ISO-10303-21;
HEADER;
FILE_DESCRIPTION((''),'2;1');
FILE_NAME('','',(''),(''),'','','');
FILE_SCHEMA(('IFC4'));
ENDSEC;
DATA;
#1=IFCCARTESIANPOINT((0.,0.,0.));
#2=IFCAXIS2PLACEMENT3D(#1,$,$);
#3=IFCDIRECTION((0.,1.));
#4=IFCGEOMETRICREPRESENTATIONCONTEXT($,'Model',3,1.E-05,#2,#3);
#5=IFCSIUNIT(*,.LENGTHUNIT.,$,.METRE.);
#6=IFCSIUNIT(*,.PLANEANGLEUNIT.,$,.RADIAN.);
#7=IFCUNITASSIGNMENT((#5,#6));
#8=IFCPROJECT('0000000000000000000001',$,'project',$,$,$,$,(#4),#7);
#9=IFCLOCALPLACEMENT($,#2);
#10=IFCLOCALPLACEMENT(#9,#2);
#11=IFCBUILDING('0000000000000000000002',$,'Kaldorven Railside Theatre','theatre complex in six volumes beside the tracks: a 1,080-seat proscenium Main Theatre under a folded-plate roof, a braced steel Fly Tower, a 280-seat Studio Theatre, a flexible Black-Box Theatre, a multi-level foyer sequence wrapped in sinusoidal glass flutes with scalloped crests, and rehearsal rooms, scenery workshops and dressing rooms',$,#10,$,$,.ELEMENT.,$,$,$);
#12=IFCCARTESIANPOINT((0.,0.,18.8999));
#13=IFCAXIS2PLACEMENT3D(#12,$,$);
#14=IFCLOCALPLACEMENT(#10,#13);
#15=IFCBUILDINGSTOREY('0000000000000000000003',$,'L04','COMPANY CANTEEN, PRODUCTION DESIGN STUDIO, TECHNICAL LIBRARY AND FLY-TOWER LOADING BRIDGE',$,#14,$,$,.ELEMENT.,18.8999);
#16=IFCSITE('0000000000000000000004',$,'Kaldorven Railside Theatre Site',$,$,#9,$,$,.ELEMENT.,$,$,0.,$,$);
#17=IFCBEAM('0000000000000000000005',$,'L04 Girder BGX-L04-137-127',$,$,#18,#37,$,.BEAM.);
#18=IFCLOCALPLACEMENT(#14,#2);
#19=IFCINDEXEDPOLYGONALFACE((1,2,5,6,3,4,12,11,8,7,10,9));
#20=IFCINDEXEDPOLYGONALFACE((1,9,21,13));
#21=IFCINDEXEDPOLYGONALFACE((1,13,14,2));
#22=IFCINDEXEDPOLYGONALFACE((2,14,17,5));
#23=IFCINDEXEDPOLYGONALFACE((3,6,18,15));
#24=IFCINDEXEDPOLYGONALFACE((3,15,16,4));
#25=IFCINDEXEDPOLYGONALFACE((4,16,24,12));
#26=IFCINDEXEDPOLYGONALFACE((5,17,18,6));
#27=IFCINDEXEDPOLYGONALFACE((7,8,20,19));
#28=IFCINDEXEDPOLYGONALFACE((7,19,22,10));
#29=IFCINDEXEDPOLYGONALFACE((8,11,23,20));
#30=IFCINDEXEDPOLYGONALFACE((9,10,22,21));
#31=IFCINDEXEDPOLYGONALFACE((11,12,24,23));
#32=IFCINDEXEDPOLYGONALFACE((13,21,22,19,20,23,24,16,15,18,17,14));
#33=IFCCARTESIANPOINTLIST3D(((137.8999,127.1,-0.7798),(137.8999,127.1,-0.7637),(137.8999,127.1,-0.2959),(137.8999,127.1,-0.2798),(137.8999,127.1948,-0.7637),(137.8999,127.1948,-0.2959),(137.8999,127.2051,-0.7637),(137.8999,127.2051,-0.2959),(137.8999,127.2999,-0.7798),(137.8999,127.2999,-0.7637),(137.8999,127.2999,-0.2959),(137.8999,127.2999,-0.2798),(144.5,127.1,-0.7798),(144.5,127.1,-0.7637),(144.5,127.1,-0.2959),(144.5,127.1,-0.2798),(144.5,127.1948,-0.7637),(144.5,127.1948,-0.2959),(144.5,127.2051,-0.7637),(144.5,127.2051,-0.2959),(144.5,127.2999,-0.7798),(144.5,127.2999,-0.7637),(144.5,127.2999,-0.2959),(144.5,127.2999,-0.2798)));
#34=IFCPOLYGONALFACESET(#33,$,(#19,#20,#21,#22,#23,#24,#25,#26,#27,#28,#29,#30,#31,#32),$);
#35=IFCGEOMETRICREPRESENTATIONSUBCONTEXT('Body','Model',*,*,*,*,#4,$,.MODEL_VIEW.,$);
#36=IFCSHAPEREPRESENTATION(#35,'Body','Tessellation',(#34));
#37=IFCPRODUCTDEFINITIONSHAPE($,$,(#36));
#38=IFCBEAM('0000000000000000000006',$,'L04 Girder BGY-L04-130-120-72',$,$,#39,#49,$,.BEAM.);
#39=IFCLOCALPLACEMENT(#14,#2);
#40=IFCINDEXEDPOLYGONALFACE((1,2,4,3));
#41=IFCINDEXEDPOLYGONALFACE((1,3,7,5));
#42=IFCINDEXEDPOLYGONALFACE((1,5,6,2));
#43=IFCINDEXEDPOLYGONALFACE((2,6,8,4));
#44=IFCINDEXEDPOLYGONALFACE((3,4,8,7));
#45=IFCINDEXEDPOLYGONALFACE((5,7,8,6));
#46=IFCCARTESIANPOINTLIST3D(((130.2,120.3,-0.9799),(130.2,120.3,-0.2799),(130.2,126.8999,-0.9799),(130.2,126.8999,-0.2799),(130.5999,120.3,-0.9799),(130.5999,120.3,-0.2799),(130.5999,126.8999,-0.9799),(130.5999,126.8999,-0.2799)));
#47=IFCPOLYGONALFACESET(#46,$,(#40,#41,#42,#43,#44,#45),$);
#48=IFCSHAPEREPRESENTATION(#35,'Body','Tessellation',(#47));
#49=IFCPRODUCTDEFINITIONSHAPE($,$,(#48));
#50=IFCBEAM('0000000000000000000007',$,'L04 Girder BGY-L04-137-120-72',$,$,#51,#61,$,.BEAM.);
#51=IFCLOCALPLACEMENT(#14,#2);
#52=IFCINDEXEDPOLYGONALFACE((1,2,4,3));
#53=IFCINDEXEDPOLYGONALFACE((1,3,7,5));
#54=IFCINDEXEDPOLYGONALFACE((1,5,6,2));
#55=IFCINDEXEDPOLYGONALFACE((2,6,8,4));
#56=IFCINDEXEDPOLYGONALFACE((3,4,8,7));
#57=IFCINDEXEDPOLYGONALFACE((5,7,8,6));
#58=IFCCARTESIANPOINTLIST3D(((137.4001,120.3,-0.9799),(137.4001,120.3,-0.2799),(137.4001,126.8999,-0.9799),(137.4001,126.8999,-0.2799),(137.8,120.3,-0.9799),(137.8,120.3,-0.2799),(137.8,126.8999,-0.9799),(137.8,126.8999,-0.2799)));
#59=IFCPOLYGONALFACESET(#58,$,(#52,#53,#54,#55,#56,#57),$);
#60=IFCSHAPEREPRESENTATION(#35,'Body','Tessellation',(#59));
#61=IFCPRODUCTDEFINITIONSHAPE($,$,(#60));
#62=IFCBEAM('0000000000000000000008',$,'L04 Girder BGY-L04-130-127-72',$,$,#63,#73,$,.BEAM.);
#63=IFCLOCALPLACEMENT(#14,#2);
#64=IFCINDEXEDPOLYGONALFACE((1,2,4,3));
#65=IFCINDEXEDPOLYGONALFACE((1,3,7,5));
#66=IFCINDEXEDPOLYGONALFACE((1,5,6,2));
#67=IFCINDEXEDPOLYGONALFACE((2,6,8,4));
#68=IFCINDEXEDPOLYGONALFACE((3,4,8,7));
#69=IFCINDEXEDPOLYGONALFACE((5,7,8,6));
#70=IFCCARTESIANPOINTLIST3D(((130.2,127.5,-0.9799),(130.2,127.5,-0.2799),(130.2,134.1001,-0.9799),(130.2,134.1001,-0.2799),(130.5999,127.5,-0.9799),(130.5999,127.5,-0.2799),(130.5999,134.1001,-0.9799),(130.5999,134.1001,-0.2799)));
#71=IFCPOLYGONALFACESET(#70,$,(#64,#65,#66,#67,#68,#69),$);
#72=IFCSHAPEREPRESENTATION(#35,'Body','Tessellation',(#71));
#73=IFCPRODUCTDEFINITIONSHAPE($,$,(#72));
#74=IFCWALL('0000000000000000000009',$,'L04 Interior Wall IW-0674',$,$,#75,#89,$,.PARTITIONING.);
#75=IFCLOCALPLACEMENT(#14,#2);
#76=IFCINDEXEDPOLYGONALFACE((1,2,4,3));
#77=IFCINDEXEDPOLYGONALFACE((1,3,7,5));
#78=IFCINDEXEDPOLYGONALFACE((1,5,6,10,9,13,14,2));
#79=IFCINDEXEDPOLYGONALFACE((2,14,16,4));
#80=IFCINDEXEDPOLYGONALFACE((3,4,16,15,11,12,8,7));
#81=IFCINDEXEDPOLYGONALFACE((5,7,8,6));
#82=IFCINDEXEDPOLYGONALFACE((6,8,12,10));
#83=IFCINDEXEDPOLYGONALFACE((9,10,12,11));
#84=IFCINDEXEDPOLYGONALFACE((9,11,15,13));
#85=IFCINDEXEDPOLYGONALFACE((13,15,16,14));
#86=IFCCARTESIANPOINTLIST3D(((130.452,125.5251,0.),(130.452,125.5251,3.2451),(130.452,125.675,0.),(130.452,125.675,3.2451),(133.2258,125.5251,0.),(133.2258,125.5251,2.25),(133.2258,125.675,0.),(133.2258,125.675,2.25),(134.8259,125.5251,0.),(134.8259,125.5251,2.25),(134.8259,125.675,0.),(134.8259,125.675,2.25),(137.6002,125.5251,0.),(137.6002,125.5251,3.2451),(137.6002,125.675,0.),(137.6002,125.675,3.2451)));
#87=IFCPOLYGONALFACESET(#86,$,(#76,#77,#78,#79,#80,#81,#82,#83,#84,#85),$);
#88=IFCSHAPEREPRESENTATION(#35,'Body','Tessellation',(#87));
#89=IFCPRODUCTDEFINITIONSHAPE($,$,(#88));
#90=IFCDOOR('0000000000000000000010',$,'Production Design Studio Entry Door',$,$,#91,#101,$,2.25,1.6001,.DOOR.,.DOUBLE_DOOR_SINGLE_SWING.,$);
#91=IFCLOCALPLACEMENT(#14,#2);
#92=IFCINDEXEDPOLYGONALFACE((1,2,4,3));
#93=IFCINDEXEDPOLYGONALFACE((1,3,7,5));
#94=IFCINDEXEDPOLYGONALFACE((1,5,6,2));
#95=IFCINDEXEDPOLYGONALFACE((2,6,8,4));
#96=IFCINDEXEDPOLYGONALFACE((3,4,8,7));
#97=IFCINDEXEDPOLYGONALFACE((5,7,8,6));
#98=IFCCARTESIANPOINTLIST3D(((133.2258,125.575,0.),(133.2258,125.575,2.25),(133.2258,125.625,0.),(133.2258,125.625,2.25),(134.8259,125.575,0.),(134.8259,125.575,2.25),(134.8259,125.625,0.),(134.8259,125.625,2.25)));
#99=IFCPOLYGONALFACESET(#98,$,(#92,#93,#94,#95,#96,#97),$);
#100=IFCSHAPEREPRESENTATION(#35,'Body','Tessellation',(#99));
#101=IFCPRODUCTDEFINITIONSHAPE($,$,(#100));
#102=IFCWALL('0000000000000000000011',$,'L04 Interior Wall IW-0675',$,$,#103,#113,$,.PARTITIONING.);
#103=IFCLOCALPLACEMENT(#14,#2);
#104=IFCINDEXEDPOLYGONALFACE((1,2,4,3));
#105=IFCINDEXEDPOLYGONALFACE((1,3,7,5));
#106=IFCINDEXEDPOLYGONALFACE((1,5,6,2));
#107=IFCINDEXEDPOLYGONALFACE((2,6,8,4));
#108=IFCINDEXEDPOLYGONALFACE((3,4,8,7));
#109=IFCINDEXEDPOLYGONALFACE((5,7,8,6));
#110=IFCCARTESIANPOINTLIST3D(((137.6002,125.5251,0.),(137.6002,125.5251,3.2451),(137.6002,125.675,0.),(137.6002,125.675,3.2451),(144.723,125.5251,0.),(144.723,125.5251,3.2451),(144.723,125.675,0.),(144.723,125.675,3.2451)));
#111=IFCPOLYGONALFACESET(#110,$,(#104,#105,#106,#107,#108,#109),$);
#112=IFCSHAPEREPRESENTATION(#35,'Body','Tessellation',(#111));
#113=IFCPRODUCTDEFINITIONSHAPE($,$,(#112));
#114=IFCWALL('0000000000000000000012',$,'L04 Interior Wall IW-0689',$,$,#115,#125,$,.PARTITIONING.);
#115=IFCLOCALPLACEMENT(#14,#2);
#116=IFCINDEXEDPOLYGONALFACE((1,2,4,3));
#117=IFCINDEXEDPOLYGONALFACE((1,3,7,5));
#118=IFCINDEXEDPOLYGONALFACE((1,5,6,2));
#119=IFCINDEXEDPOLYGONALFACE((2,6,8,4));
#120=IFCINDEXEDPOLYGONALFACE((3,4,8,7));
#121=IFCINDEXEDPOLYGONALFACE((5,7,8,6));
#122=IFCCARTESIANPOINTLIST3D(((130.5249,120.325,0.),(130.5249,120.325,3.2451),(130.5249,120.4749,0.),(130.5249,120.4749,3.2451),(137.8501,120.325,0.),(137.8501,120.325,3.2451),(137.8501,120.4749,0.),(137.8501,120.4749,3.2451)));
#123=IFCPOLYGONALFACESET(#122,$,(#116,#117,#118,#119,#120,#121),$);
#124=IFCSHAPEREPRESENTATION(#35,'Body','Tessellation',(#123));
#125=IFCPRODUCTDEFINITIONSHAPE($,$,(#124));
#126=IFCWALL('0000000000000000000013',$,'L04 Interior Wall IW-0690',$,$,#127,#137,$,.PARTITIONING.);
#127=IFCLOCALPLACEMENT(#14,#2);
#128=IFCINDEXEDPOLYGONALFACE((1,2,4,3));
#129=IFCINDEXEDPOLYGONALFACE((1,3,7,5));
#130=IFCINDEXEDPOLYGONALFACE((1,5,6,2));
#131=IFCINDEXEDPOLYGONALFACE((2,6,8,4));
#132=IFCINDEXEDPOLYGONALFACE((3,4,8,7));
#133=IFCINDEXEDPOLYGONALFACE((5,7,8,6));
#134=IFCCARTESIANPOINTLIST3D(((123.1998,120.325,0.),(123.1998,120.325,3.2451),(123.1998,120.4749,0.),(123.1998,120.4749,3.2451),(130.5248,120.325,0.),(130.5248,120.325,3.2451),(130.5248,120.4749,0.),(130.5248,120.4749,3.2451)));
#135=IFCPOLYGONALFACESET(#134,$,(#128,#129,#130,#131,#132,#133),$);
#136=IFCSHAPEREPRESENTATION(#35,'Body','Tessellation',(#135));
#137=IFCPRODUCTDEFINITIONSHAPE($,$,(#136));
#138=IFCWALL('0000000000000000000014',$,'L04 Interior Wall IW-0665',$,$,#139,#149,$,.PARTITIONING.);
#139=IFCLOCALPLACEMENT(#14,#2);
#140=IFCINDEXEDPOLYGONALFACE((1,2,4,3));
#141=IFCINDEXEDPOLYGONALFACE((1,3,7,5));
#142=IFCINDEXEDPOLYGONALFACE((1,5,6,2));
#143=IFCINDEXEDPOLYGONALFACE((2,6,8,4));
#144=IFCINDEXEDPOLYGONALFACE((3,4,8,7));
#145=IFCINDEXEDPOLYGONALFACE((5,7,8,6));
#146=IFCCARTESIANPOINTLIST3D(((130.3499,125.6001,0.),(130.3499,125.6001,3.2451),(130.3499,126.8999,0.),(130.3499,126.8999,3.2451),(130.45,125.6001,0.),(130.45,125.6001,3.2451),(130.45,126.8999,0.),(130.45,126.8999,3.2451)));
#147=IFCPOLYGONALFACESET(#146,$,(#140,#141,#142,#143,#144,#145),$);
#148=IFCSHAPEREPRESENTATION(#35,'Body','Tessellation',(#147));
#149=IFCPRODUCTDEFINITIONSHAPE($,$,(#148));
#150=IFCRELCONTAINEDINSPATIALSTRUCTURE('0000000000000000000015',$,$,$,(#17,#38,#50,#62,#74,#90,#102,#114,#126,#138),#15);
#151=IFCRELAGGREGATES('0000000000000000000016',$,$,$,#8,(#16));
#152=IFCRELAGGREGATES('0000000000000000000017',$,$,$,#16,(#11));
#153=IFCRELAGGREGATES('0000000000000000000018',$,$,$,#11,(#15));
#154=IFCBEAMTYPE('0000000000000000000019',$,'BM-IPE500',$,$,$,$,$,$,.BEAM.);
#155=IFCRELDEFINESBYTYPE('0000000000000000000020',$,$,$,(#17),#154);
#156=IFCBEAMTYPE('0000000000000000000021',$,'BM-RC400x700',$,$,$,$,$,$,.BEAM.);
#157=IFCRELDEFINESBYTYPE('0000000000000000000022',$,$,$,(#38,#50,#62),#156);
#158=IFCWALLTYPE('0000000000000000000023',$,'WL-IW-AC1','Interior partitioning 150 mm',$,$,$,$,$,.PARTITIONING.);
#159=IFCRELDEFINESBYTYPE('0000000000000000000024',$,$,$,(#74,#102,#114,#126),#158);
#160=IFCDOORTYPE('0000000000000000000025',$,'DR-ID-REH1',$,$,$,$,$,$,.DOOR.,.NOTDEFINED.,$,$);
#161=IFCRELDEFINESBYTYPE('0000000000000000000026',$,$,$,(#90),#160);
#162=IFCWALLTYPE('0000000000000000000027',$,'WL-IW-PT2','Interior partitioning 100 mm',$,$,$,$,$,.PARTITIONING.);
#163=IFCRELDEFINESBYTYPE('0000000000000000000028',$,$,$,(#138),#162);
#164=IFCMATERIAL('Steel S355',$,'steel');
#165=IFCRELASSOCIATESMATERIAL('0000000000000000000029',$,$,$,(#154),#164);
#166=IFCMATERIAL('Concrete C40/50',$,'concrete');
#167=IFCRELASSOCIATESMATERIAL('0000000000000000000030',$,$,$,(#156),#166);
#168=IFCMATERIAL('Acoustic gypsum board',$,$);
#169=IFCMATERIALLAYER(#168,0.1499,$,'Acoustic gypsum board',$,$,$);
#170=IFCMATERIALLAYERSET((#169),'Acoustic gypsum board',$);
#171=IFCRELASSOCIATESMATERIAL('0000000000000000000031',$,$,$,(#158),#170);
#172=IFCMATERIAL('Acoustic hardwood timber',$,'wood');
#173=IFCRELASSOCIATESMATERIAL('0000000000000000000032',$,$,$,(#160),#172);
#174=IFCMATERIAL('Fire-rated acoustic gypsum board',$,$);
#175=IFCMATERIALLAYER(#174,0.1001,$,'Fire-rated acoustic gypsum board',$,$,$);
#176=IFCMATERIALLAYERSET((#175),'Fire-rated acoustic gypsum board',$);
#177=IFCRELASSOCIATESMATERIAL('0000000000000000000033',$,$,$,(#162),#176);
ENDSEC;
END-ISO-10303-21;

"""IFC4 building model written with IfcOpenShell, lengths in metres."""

from ifc_helpers import new_model, si_unit, direction, frame, frame_2d, origin, origin_2d, place, context, subcontext, project, spatial, rectangle, i_section, extrude, material, layer, layer_set, material_profile, profile_set, type_object, element, fill, save


model = new_model("IFC4")

# Units and contexts
model_context = context("Model", 3, precision=1e-05, world=origin(), true_north=direction((0.0, 1.0)))
body_context = subcontext(model_context, "Body", "Model", "MODEL_VIEW")
ifc_project = project(units=[si_unit("LENGTHUNIT", "METRE"), si_unit("PLANEANGLEUNIT", "RADIAN")], contexts=[model_context])

# Site, building, storey
site_placement = place(None, origin())
site = spatial("IfcSite", under=ifc_project, at=site_placement, Name="Kaldorven Railside Theatre Site", CompositionType="ELEMENT", RefElevation=0.0)
building_placement = place(site_placement, origin())
building = spatial("IfcBuilding", under=site, at=building_placement, Name="Kaldorven Railside Theatre", Description="theatre complex in six volumes beside the tracks: a 1,080-seat proscenium Main Theatre under a folded-plate roof, a braced steel Fly Tower, a 280-seat Studio Theatre, a flexible Black-Box Theatre, a multi-level foyer sequence wrapped in sinusoidal glass flutes with scalloped crests, and rehearsal rooms, scenery workshops and dressing rooms", CompositionType="ELEMENT")
storey_placement = place(building_placement, frame((0.0, 0.0, 18.8999)))
storey = spatial("IfcBuildingStorey", under=building, at=storey_placement, Name="L04", Description="COMPANY CANTEEN, PRODUCTION DESIGN STUDIO, TECHNICAL LIBRARY AND FLY-TOWER LOADING BRIDGE", CompositionType="ELEMENT", Elevation=18.8999)

# Shared definitions
ifc_material_1 = material(Name="Concrete C40/50", Category="concrete")

# Beams
ifc_material_2 = material(Name="Steel S355", Category="steel")
ifc_material_profile_1 = material_profile(ifc_material_2, i_section(OverallWidth=0.2, OverallDepth=0.5, WebThickness=0.0103, FlangeThickness=0.0161, at=origin_2d()), Name="IPE 500")
ifc_profile_set_1 = profile_set([ifc_material_profile_1], Name="Steel S355")
beam_type_1 = type_object("IfcBeamType", Name="BM-IPE500", PredefinedType="BEAM", material=ifc_profile_set_1)
for number, where, z_axis, x_axis, name in (
    (1, (137.8999, 127.2, -0.5298), (1.0, 0.0, 0.0), (0.0, 1.0, 0.0), "L04 Girder BGX-L04-137-127"),
):
    element("IfcBeam", number, at=place(storey_placement, frame(where, z_axis=z_axis, x_axis=x_axis)), inside=storey, type_object=beam_type_1, Name=name, PredefinedType="BEAM", context=body_context, shape_type="SweptSolid", body=[
        extrude(i_section(OverallWidth=0.2, OverallDepth=0.5, WebThickness=0.0103, FlangeThickness=0.0161, at=origin_2d()), origin(), (0.0, 0.0, 1.0), 6.6001),
    ])
ifc_material_profile_2 = material_profile(ifc_material_1, rectangle(XDim=0.3999, YDim=0.7, at=origin_2d()), Name="RC 400x700")
ifc_profile_set_2 = profile_set([ifc_material_profile_2], Name="Concrete C40/50")
beam_type_2 = type_object("IfcBeamType", Name="BM-RC400x700", PredefinedType="BEAM", material=ifc_profile_set_2)
for number, where, z_axis, x_axis, name in (
    (2, (130.3999, 120.3, -0.6299), (0.0, 1.0, 0.0), (-1.0, 0.0, 0.0), "L04 Girder BGY-L04-130-120-72"),
    (3, (137.6001, 120.3, -0.6299), (0.0, 1.0, 0.0), (-1.0, 0.0, 0.0), "L04 Girder BGY-L04-137-120-72"),
):
    element("IfcBeam", number, at=place(storey_placement, frame(where, z_axis=z_axis, x_axis=x_axis)), inside=storey, type_object=beam_type_2, Name=name, PredefinedType="BEAM", context=body_context, shape_type="SweptSolid", body=[
        extrude(rectangle(XDim=0.3999, YDim=0.7, at=origin_2d()), origin(), (0.0, 0.0, 1.0), 6.5999),
    ])
beam_placement = place(storey_placement, frame((130.3999, 127.5, -0.6299), z_axis=(0.0, 1.0, 0.0), x_axis=(-1.0, 0.0, 0.0)))
element("IfcBeam", 4, at=beam_placement, inside=storey, type_object=beam_type_2, Name="L04 Girder BGY-L04-130-127-72", PredefinedType="BEAM", context=body_context, shape_type="SweptSolid", body=[
    extrude(rectangle(XDim=0.3999, YDim=0.7, at=origin_2d()), origin(), (0.0, 0.0, 1.0), 6.6001),
])

# Wall, opening, door
ifc_material_3 = material(Name="Acoustic gypsum board")
ifc_layer_1 = layer(ifc_material_3, 0.1499, Name="Acoustic gypsum board")
ifc_layer_set_1 = layer_set([ifc_layer_1], Name="Acoustic gypsum board")
wall_type_1 = type_object("IfcWallType", Name="WL-IW-AC1", Description="Interior partitioning 150 mm", PredefinedType="PARTITIONING", material=ifc_layer_set_1)
wall_1_placement = place(storey_placement, frame((130.4519, 125.6001, 0.0), z_axis=(0.0, 0.0, 1.0), x_axis=(1.0, 0.0, 0.0)))
wall_1 = element("IfcWall", 5, at=wall_1_placement, inside=storey, type_object=wall_type_1, Name="L04 Interior Wall IW-0674", PredefinedType="PARTITIONING", context=body_context, shape_type="SweptSolid", body=[
    extrude(rectangle(XDim=7.1482, YDim=0.1499, at=frame_2d((3.5742, 0.0))), origin(), (0.0, 0.0, 1.0), 3.2451),
])
opening_placement = place(wall_1_placement, frame((2.7739, 0.0, 0.0)))
opening = element("IfcOpeningElement", 6, at=opening_placement, cuts=wall_1, PredefinedType="OPENING", context=body_context, shape_type="SweptSolid", body=[
    extrude(rectangle(XDim=1.6001, YDim=2.25, at=frame_2d((0.8, 1.125))), frame((0.0, 0.085, 0.0), z_axis=(0.0, -1.0, 0.0), x_axis=(1.0, 0.0, 0.0)), (0.0, 0.0, 1.0), 0.1699),
])
ifc_material_4 = material(Name="Acoustic hardwood timber", Category="wood")
door_type = type_object("IfcDoorType", Name="DR-ID-REH1", OperationType="NOTDEFINED", PredefinedType="DOOR", material=ifc_material_4)
door_placement = place(opening_placement, origin())
door = element("IfcDoor", 7, at=door_placement, inside=storey, type_object=door_type, Name="Production Design Studio Entry Door", OperationType="DOUBLE_DOOR_SINGLE_SWING", OverallHeight=2.25, OverallWidth=1.6001, PredefinedType="DOOR", context=body_context, shape_type="SweptSolid", body=[
    extrude(rectangle(XDim=1.6001, YDim=2.25, at=frame_2d((0.8, 1.125))), frame((0.0, 0.0249, 0.0), z_axis=(0.0, -1.0, 0.0), x_axis=(1.0, 0.0, 0.0)), (0.0, 0.0, 1.0), 0.05),
])
fill(opening, door)

# Walls
wall_2_placement = place(storey_placement, frame((137.6001, 125.6001, 0.0), z_axis=(0.0, 0.0, 1.0), x_axis=(1.0, 0.0, 0.0)))
element("IfcWall", 8, at=wall_2_placement, inside=storey, type_object=wall_type_1, Name="L04 Interior Wall IW-0675", PredefinedType="PARTITIONING", context=body_context, shape_type="SweptSolid", body=[
    extrude(rectangle(XDim=7.1228, YDim=0.1499, at=frame_2d((3.5615, 0.0))), origin(), (0.0, 0.0, 1.0), 3.2451),
])
wall_3_placement = place(storey_placement, frame((137.8501, 120.3999, 0.0), z_axis=(0.0, 0.0, 1.0), x_axis=(-1.0, 0.0, 0.0)))
element("IfcWall", 9, at=wall_3_placement, inside=storey, type_object=wall_type_1, Name="L04 Interior Wall IW-0689", PredefinedType="PARTITIONING", context=body_context, shape_type="SweptSolid", body=[
    extrude(rectangle(XDim=7.3252, YDim=0.1499, at=frame_2d((3.6626, 0.0))), origin(), (0.0, 0.0, 1.0), 3.2451),
])
wall_4_placement = place(storey_placement, frame((130.5249, 120.3999, 0.0), z_axis=(0.0, 0.0, 1.0), x_axis=(-1.0, 0.0, 0.0)))
element("IfcWall", 10, at=wall_4_placement, inside=storey, type_object=wall_type_1, Name="L04 Interior Wall IW-0690", PredefinedType="PARTITIONING", context=body_context, shape_type="SweptSolid", body=[
    extrude(rectangle(XDim=7.325, YDim=0.1499, at=frame_2d((3.6626, 0.0))), origin(), (0.0, 0.0, 1.0), 3.2451),
])
ifc_material_5 = material(Name="Fire-rated acoustic gypsum board")
ifc_layer_2 = layer(ifc_material_5, 0.1001, Name="Fire-rated acoustic gypsum board")
ifc_layer_set_2 = layer_set([ifc_layer_2], Name="Fire-rated acoustic gypsum board")
wall_type_2 = type_object("IfcWallType", Name="WL-IW-PT2", Description="Interior partitioning 100 mm", PredefinedType="PARTITIONING", material=ifc_layer_set_2)
wall_5_placement = place(storey_placement, frame((130.3999, 125.6001, 0.0), z_axis=(0.0, 0.0, 1.0), x_axis=(0.0, 1.0, 0.0)))
element("IfcWall", 11, at=wall_5_placement, inside=storey, type_object=wall_type_2, Name="L04 Interior Wall IW-0665", PredefinedType="PARTITIONING", context=body_context, shape_type="SweptSolid", body=[
    extrude(rectangle(XDim=1.2998, YDim=0.1001, at=frame_2d((0.6499, 0.0))), origin(), (0.0, 0.0, 1.0), 3.2451),
])

save(model, "model.ifc")
